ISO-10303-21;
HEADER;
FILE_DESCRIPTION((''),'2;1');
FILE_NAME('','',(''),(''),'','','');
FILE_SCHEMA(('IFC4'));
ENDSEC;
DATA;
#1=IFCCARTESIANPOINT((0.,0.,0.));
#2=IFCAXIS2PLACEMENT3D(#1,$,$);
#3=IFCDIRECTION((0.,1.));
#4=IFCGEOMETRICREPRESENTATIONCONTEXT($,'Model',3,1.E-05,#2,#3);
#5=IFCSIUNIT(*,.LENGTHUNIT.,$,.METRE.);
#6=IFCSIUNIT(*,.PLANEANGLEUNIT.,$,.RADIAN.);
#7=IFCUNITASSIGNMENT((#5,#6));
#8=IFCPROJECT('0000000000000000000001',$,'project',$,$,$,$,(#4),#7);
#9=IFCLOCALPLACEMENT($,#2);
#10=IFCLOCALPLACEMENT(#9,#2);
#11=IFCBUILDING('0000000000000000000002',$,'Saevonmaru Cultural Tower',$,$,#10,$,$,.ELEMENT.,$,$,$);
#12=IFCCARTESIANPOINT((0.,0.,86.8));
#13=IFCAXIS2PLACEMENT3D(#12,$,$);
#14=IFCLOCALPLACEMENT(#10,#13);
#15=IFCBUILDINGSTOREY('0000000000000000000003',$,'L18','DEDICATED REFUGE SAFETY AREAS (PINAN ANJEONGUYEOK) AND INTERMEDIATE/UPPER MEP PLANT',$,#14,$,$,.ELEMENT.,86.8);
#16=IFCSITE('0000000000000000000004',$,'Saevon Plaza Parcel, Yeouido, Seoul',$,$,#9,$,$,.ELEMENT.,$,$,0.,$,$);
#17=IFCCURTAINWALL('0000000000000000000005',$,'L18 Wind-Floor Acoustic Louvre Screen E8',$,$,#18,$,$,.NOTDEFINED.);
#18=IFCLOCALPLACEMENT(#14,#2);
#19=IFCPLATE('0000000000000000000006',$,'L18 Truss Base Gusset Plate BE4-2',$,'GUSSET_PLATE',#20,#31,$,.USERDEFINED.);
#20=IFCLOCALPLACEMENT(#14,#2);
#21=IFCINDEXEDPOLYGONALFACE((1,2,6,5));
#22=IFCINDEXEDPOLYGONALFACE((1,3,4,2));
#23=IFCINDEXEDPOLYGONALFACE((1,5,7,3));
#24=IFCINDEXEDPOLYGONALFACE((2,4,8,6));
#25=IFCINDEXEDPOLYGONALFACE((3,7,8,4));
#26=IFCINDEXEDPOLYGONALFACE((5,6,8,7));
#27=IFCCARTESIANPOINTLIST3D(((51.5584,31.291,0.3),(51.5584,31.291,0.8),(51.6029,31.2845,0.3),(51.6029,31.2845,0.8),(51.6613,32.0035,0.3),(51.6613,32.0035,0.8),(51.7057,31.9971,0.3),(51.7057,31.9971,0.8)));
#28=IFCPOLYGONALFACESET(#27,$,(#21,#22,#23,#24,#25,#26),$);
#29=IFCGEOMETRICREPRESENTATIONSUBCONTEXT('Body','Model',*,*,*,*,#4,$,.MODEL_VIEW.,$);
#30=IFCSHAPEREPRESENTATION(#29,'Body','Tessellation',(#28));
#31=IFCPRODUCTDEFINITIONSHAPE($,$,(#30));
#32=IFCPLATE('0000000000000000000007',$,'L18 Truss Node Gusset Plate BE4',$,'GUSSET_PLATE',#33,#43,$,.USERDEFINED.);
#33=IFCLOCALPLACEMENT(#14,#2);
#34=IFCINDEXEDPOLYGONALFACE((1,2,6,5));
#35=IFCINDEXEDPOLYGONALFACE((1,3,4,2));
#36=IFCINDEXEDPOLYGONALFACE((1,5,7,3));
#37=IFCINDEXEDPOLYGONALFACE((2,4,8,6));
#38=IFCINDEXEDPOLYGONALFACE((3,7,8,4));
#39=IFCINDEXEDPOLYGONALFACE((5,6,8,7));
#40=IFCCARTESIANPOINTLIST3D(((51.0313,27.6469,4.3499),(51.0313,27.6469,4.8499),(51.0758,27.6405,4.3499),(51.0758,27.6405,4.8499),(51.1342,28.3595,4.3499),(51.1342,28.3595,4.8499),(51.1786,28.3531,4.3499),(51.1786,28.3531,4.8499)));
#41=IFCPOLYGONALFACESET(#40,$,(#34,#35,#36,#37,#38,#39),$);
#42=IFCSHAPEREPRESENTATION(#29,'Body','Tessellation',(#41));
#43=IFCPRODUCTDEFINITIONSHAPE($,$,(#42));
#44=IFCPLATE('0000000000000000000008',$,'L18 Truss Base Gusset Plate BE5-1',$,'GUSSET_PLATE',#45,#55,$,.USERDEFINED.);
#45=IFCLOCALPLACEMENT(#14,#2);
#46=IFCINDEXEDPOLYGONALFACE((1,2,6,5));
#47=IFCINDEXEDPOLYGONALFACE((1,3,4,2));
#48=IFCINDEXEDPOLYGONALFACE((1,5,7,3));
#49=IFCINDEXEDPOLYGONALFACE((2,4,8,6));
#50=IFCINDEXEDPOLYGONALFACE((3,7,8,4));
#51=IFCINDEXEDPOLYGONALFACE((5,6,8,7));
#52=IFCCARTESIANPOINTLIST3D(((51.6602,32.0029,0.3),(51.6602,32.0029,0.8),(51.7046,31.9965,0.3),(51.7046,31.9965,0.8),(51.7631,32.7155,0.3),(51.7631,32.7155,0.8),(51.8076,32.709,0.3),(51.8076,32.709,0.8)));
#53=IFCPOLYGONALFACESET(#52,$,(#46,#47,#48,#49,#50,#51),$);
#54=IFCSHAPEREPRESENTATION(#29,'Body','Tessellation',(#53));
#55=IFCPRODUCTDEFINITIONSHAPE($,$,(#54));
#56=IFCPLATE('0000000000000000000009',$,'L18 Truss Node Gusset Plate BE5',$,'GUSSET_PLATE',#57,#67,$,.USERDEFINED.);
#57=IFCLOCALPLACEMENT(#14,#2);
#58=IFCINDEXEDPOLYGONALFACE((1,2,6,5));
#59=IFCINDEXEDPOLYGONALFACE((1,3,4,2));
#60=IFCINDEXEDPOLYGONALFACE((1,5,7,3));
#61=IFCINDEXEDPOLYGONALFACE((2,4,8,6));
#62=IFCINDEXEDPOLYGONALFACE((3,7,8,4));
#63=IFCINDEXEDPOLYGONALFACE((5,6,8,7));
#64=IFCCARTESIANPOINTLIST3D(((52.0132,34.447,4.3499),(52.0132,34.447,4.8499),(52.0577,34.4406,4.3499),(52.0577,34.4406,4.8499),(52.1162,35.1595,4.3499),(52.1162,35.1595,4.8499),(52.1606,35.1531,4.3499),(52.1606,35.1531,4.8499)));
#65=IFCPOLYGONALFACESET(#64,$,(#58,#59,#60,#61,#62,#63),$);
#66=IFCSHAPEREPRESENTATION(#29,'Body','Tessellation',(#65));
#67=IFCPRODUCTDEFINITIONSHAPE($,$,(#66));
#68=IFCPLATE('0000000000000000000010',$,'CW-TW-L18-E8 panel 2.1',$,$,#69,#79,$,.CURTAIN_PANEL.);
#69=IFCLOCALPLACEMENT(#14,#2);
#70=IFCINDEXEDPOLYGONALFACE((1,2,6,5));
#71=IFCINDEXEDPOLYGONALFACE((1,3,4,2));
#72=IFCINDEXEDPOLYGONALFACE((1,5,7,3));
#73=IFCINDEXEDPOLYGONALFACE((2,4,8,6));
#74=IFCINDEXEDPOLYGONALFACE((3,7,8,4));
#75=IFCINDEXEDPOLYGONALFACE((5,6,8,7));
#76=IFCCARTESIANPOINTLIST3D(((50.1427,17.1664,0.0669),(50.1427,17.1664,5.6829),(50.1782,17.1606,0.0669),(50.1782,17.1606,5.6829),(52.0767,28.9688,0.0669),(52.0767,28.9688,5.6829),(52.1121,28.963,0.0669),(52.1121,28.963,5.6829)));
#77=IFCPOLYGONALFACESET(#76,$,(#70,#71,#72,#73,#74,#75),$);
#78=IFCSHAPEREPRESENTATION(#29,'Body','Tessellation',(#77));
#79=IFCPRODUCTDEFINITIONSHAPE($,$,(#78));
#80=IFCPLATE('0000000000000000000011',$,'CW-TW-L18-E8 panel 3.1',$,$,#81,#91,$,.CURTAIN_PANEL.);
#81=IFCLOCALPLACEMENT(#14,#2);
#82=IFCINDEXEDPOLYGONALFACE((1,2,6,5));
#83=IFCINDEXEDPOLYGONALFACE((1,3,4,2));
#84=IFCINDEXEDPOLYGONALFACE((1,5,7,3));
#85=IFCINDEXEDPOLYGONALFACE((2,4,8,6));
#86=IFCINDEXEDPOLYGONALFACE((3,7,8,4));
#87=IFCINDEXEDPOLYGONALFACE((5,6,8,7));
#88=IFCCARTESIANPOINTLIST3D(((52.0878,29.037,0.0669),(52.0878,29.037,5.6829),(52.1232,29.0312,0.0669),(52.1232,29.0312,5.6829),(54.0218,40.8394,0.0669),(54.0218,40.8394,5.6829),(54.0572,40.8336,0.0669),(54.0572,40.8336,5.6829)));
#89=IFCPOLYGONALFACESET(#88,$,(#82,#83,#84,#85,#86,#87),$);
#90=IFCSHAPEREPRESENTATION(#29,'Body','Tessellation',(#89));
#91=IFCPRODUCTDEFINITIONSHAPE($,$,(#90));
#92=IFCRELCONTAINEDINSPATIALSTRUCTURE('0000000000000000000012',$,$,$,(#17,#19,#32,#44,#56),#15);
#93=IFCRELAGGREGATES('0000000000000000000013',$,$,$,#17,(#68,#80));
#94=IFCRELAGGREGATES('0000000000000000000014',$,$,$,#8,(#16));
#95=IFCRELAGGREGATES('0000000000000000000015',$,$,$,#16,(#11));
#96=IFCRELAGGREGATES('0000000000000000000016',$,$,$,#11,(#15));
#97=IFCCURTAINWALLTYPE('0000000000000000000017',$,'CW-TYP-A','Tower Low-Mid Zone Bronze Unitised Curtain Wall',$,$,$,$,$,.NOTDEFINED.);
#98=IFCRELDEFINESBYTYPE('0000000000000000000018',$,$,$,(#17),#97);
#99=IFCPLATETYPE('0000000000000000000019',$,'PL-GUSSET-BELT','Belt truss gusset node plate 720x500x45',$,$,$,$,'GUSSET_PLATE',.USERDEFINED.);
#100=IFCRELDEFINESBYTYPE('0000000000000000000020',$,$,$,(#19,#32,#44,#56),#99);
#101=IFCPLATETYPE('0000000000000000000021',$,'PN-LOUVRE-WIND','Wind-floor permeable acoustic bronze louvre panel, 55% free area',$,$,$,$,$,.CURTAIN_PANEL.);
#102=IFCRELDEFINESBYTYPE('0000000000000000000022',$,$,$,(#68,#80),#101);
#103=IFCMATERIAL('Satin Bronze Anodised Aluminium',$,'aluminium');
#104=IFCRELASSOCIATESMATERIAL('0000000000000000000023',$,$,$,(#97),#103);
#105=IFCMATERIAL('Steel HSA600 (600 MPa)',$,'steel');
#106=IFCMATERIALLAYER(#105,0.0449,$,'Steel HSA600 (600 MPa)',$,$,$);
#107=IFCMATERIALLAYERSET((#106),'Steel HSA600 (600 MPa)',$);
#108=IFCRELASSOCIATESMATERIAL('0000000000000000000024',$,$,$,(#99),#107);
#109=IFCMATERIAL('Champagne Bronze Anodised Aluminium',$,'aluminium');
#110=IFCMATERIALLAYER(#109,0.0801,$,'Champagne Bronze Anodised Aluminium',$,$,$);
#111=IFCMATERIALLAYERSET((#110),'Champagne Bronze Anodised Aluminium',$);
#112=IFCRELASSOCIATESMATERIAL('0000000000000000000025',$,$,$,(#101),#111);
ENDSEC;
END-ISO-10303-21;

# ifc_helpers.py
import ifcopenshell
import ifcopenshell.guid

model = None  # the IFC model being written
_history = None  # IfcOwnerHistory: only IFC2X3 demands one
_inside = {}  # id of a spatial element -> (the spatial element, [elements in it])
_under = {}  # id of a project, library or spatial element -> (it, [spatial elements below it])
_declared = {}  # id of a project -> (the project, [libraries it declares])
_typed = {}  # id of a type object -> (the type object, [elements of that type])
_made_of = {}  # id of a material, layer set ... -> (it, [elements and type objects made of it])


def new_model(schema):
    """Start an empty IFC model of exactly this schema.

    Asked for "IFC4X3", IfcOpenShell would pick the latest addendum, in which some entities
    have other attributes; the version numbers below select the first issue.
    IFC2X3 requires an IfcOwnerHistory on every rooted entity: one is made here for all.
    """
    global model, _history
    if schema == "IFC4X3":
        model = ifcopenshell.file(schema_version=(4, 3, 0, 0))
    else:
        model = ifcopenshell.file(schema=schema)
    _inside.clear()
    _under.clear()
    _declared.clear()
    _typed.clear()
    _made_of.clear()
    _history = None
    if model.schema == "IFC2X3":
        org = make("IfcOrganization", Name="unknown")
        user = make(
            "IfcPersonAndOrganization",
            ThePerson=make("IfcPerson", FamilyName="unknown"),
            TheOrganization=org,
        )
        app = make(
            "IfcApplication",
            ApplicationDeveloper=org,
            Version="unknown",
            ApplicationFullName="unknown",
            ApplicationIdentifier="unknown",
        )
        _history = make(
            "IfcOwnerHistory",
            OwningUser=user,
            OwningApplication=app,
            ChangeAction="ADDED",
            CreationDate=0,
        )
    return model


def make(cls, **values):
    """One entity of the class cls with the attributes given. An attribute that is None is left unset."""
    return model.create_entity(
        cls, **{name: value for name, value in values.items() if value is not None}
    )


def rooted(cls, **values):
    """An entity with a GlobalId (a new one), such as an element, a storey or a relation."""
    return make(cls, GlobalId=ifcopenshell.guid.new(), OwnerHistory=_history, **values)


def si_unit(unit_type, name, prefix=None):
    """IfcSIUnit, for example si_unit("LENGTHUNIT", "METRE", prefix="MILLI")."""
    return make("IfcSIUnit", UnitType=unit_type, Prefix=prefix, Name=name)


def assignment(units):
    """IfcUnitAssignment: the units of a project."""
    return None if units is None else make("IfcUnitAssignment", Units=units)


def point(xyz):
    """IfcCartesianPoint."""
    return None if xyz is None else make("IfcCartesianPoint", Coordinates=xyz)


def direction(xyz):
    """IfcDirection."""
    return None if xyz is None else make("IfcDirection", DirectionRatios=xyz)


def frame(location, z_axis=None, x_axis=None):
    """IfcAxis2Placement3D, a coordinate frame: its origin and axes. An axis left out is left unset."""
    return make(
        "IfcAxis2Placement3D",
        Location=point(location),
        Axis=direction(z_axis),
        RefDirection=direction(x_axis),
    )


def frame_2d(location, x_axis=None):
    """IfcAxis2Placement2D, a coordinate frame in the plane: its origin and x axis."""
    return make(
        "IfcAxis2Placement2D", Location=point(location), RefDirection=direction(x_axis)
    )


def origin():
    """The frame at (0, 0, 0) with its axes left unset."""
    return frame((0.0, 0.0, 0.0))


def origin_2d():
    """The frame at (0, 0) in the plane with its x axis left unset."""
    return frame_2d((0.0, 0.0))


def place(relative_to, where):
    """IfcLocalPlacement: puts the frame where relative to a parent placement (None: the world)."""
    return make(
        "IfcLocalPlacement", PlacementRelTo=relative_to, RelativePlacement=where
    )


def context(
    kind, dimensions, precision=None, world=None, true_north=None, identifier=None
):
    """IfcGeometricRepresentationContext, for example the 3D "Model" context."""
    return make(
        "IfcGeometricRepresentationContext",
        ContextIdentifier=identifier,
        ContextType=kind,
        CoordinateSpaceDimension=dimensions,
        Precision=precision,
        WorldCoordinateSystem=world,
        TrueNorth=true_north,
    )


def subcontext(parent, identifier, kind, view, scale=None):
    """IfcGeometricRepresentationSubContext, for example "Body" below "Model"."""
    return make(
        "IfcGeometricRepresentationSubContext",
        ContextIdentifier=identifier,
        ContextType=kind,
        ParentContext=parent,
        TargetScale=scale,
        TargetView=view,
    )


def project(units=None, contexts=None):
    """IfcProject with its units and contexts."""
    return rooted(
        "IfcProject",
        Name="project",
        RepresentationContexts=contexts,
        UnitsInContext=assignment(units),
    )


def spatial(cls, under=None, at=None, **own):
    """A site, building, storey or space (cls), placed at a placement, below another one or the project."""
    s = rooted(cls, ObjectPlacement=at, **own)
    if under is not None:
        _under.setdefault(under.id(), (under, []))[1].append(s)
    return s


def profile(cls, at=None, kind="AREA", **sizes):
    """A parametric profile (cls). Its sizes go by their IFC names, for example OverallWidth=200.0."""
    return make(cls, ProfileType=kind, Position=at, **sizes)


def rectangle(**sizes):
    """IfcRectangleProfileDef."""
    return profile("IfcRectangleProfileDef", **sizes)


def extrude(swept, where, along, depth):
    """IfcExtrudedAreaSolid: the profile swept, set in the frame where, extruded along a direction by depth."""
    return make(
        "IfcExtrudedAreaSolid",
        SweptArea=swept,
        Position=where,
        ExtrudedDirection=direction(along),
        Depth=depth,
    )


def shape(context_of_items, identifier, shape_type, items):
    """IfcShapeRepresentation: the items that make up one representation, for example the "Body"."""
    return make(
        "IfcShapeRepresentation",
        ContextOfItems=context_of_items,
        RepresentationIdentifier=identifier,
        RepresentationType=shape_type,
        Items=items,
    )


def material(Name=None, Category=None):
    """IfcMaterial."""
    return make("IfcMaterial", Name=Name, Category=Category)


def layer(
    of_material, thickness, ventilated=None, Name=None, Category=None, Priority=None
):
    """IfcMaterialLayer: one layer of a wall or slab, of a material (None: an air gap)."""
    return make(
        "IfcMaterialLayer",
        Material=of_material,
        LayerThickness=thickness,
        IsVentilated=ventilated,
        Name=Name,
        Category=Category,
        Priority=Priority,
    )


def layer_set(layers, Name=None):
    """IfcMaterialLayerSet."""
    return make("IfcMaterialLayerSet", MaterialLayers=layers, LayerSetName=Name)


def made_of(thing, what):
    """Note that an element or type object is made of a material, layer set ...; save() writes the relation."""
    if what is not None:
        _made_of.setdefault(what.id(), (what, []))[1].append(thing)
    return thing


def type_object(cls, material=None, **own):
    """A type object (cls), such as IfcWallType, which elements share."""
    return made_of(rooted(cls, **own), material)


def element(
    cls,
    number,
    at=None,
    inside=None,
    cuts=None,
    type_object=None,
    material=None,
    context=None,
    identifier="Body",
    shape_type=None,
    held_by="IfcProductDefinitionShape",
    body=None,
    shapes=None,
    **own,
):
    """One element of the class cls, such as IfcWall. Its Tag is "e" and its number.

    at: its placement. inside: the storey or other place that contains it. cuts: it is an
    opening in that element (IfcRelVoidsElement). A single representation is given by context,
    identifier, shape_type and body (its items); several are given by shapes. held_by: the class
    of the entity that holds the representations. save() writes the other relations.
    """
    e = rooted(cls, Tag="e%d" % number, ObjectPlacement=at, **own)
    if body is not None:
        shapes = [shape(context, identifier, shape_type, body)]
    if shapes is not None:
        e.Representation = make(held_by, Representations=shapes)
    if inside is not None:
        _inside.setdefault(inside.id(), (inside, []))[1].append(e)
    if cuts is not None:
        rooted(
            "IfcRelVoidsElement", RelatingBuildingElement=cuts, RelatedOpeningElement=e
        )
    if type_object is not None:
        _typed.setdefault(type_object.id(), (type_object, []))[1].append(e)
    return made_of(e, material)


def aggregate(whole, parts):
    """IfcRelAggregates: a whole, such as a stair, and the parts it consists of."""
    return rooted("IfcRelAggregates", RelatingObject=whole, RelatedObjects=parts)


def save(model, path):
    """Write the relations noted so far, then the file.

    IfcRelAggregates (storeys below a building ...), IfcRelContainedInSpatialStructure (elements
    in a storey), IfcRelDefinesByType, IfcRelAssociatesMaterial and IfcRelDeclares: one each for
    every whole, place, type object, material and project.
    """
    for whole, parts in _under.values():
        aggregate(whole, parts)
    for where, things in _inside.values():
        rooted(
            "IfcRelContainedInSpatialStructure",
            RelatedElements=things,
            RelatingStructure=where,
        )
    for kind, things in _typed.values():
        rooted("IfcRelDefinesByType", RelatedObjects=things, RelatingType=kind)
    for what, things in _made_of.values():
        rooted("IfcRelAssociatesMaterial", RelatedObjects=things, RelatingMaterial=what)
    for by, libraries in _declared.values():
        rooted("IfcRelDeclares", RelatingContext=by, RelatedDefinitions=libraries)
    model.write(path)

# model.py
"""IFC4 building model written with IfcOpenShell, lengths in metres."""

from ifc_helpers import new_model, si_unit, direction, frame, origin, origin_2d, place, context, subcontext, project, spatial, rectangle, extrude, material, layer, layer_set, type_object, element, aggregate, save


model = new_model("IFC4")

# Units and contexts
model_context = context("Model", 3, precision=1e-05, world=origin(), true_north=direction((0.0, 1.0)))
body_context = subcontext(model_context, "Body", "Model", "MODEL_VIEW")
ifc_project = project(units=[si_unit("LENGTHUNIT", "METRE"), si_unit("PLANEANGLEUNIT", "RADIAN")], contexts=[model_context])

# Site, building, storey
site_placement = place(None, origin())
site = spatial("IfcSite", under=ifc_project, at=site_placement, Name="Saevon Plaza Parcel, Yeouido, Seoul", CompositionType="ELEMENT", RefElevation=0.0)
building_placement = place(site_placement, origin())
building = spatial("IfcBuilding", under=site, at=building_placement, Name="Saevonmaru Cultural Tower", CompositionType="ELEMENT")
storey_placement = place(building_placement, frame((0.0, 0.0, 86.8)))
storey = spatial("IfcBuildingStorey", under=building, at=storey_placement, Name="L18", Description="DEDICATED REFUGE SAFETY AREAS (PINAN ANJEONGUYEOK) AND INTERMEDIATE/UPPER MEP PLANT", CompositionType="ELEMENT", Elevation=86.8)

# Shared definitions
ifc_material_1 = material(Name="Steel HSA600 (600 MPa)", Category="steel")

# Curtain wall
ifc_material_2 = material(Name="Satin Bronze Anodised Aluminium", Category="aluminium")
curtain_wall_type = type_object("IfcCurtainWallType", Name="CW-TYP-A", Description="Tower Low-Mid Zone Bronze Unitised Curtain Wall", PredefinedType="NOTDEFINED", material=ifc_material_2)
curtain_wall_placement = place(storey_placement, origin())
curtain_wall = element("IfcCurtainWall", 1, at=curtain_wall_placement, inside=storey, type_object=curtain_wall_type, Name="L18 Wind-Floor Acoustic Louvre Screen E8", PredefinedType="NOTDEFINED")

# Plates
ifc_layer_1 = layer(ifc_material_1, 0.0449, Name="Steel HSA600 (600 MPa)")
ifc_layer_set_1 = layer_set([ifc_layer_1], Name="Steel HSA600 (600 MPa)")
plate_type_1 = type_object("IfcPlateType", Name="PL-GUSSET-BELT", Description="Belt truss gusset node plate 720x500x45", ElementType="GUSSET_PLATE", PredefinedType="USERDEFINED", material=ifc_layer_set_1)
for number, where, z_axis, x_axis, name in (
    (2, (51.6321, 31.644, 0.3), (0.0, 0.0, 1.0), (0.142888, 0.989739, 0.0), "L18 Truss Base Gusset Plate BE4-2"),
    (3, (51.105, 28.0, 4.3499), (0.0, 0.0, 1.0), (0.142888, 0.989739, 0.0), "L18 Truss Node Gusset Plate BE4"),
    (4, (51.7339, 32.356, 0.3), (0.0, 0.0, 1.0), (0.142974, 0.989726, 0.0), "L18 Truss Base Gusset Plate BE5-1"),
    (5, (52.0869, 34.8, 4.3499), (0.0, 0.0, 1.0), (0.142974, 0.989726, 0.0), "L18 Truss Node Gusset Plate BE5"),
):
    element("IfcPlate", number, at=place(storey_placement, frame(where, z_axis=z_axis, x_axis=x_axis)), inside=storey, type_object=plate_type_1, Name=name, ObjectType="GUSSET_PLATE", PredefinedType="USERDEFINED", context=body_context, shape_type="SweptSolid", body=[
        extrude(rectangle(XDim=0.72, YDim=0.0449, at=origin_2d()), origin(), (0.0, 0.0, 1.0), 0.5),
    ])

# Plates
ifc_material_3 = material(Name="Champagne Bronze Anodised Aluminium", Category="aluminium")
ifc_layer_2 = layer(ifc_material_3, 0.0801, Name="Champagne Bronze Anodised Aluminium")
ifc_layer_set_2 = layer_set([ifc_layer_2], Name="Champagne Bronze Anodised Aluminium")
plate_type_2 = type_object("IfcPlateType", Name="PN-LOUVRE-WIND", Description="Wind-floor permeable acoustic bronze louvre panel, 55% free area", PredefinedType="CURTAIN_PANEL", material=ifc_layer_set_2)
plate_1_placement = place(storey_placement, frame((51.1274, 23.0647, 0.0669), z_axis=(0.0, 0.0, 1.0), x_axis=(0.161709, 0.986839, 0.0)))
plate_1 = element("IfcPlate", 6, at=plate_1_placement, type_object=plate_type_2, Name="CW-TW-L18-E8 panel 2.1", PredefinedType="CURTAIN_PANEL", context=body_context, shape_type="SweptSolid", body=[
    extrude(rectangle(XDim=11.9597, YDim=0.0359, at=origin_2d()), origin(), (0.0, 0.0, 1.0), 5.616),
])
plate_2_placement = place(storey_placement, frame((53.0725, 34.9353, 0.0669), z_axis=(0.0, 0.0, 1.0), x_axis=(0.161709, 0.986839, 0.0)))
plate_2 = element("IfcPlate", 7, at=plate_2_placement, type_object=plate_type_2, Name="CW-TW-L18-E8 panel 3.1", PredefinedType="CURTAIN_PANEL", context=body_context, shape_type="SweptSolid", body=[
    extrude(rectangle(XDim=11.9597, YDim=0.0359, at=origin_2d()), origin(), (0.0, 0.0, 1.0), 5.616),
])
aggregate(curtain_wall, [plate_1, plate_2])

save(model, "model.ifc")
